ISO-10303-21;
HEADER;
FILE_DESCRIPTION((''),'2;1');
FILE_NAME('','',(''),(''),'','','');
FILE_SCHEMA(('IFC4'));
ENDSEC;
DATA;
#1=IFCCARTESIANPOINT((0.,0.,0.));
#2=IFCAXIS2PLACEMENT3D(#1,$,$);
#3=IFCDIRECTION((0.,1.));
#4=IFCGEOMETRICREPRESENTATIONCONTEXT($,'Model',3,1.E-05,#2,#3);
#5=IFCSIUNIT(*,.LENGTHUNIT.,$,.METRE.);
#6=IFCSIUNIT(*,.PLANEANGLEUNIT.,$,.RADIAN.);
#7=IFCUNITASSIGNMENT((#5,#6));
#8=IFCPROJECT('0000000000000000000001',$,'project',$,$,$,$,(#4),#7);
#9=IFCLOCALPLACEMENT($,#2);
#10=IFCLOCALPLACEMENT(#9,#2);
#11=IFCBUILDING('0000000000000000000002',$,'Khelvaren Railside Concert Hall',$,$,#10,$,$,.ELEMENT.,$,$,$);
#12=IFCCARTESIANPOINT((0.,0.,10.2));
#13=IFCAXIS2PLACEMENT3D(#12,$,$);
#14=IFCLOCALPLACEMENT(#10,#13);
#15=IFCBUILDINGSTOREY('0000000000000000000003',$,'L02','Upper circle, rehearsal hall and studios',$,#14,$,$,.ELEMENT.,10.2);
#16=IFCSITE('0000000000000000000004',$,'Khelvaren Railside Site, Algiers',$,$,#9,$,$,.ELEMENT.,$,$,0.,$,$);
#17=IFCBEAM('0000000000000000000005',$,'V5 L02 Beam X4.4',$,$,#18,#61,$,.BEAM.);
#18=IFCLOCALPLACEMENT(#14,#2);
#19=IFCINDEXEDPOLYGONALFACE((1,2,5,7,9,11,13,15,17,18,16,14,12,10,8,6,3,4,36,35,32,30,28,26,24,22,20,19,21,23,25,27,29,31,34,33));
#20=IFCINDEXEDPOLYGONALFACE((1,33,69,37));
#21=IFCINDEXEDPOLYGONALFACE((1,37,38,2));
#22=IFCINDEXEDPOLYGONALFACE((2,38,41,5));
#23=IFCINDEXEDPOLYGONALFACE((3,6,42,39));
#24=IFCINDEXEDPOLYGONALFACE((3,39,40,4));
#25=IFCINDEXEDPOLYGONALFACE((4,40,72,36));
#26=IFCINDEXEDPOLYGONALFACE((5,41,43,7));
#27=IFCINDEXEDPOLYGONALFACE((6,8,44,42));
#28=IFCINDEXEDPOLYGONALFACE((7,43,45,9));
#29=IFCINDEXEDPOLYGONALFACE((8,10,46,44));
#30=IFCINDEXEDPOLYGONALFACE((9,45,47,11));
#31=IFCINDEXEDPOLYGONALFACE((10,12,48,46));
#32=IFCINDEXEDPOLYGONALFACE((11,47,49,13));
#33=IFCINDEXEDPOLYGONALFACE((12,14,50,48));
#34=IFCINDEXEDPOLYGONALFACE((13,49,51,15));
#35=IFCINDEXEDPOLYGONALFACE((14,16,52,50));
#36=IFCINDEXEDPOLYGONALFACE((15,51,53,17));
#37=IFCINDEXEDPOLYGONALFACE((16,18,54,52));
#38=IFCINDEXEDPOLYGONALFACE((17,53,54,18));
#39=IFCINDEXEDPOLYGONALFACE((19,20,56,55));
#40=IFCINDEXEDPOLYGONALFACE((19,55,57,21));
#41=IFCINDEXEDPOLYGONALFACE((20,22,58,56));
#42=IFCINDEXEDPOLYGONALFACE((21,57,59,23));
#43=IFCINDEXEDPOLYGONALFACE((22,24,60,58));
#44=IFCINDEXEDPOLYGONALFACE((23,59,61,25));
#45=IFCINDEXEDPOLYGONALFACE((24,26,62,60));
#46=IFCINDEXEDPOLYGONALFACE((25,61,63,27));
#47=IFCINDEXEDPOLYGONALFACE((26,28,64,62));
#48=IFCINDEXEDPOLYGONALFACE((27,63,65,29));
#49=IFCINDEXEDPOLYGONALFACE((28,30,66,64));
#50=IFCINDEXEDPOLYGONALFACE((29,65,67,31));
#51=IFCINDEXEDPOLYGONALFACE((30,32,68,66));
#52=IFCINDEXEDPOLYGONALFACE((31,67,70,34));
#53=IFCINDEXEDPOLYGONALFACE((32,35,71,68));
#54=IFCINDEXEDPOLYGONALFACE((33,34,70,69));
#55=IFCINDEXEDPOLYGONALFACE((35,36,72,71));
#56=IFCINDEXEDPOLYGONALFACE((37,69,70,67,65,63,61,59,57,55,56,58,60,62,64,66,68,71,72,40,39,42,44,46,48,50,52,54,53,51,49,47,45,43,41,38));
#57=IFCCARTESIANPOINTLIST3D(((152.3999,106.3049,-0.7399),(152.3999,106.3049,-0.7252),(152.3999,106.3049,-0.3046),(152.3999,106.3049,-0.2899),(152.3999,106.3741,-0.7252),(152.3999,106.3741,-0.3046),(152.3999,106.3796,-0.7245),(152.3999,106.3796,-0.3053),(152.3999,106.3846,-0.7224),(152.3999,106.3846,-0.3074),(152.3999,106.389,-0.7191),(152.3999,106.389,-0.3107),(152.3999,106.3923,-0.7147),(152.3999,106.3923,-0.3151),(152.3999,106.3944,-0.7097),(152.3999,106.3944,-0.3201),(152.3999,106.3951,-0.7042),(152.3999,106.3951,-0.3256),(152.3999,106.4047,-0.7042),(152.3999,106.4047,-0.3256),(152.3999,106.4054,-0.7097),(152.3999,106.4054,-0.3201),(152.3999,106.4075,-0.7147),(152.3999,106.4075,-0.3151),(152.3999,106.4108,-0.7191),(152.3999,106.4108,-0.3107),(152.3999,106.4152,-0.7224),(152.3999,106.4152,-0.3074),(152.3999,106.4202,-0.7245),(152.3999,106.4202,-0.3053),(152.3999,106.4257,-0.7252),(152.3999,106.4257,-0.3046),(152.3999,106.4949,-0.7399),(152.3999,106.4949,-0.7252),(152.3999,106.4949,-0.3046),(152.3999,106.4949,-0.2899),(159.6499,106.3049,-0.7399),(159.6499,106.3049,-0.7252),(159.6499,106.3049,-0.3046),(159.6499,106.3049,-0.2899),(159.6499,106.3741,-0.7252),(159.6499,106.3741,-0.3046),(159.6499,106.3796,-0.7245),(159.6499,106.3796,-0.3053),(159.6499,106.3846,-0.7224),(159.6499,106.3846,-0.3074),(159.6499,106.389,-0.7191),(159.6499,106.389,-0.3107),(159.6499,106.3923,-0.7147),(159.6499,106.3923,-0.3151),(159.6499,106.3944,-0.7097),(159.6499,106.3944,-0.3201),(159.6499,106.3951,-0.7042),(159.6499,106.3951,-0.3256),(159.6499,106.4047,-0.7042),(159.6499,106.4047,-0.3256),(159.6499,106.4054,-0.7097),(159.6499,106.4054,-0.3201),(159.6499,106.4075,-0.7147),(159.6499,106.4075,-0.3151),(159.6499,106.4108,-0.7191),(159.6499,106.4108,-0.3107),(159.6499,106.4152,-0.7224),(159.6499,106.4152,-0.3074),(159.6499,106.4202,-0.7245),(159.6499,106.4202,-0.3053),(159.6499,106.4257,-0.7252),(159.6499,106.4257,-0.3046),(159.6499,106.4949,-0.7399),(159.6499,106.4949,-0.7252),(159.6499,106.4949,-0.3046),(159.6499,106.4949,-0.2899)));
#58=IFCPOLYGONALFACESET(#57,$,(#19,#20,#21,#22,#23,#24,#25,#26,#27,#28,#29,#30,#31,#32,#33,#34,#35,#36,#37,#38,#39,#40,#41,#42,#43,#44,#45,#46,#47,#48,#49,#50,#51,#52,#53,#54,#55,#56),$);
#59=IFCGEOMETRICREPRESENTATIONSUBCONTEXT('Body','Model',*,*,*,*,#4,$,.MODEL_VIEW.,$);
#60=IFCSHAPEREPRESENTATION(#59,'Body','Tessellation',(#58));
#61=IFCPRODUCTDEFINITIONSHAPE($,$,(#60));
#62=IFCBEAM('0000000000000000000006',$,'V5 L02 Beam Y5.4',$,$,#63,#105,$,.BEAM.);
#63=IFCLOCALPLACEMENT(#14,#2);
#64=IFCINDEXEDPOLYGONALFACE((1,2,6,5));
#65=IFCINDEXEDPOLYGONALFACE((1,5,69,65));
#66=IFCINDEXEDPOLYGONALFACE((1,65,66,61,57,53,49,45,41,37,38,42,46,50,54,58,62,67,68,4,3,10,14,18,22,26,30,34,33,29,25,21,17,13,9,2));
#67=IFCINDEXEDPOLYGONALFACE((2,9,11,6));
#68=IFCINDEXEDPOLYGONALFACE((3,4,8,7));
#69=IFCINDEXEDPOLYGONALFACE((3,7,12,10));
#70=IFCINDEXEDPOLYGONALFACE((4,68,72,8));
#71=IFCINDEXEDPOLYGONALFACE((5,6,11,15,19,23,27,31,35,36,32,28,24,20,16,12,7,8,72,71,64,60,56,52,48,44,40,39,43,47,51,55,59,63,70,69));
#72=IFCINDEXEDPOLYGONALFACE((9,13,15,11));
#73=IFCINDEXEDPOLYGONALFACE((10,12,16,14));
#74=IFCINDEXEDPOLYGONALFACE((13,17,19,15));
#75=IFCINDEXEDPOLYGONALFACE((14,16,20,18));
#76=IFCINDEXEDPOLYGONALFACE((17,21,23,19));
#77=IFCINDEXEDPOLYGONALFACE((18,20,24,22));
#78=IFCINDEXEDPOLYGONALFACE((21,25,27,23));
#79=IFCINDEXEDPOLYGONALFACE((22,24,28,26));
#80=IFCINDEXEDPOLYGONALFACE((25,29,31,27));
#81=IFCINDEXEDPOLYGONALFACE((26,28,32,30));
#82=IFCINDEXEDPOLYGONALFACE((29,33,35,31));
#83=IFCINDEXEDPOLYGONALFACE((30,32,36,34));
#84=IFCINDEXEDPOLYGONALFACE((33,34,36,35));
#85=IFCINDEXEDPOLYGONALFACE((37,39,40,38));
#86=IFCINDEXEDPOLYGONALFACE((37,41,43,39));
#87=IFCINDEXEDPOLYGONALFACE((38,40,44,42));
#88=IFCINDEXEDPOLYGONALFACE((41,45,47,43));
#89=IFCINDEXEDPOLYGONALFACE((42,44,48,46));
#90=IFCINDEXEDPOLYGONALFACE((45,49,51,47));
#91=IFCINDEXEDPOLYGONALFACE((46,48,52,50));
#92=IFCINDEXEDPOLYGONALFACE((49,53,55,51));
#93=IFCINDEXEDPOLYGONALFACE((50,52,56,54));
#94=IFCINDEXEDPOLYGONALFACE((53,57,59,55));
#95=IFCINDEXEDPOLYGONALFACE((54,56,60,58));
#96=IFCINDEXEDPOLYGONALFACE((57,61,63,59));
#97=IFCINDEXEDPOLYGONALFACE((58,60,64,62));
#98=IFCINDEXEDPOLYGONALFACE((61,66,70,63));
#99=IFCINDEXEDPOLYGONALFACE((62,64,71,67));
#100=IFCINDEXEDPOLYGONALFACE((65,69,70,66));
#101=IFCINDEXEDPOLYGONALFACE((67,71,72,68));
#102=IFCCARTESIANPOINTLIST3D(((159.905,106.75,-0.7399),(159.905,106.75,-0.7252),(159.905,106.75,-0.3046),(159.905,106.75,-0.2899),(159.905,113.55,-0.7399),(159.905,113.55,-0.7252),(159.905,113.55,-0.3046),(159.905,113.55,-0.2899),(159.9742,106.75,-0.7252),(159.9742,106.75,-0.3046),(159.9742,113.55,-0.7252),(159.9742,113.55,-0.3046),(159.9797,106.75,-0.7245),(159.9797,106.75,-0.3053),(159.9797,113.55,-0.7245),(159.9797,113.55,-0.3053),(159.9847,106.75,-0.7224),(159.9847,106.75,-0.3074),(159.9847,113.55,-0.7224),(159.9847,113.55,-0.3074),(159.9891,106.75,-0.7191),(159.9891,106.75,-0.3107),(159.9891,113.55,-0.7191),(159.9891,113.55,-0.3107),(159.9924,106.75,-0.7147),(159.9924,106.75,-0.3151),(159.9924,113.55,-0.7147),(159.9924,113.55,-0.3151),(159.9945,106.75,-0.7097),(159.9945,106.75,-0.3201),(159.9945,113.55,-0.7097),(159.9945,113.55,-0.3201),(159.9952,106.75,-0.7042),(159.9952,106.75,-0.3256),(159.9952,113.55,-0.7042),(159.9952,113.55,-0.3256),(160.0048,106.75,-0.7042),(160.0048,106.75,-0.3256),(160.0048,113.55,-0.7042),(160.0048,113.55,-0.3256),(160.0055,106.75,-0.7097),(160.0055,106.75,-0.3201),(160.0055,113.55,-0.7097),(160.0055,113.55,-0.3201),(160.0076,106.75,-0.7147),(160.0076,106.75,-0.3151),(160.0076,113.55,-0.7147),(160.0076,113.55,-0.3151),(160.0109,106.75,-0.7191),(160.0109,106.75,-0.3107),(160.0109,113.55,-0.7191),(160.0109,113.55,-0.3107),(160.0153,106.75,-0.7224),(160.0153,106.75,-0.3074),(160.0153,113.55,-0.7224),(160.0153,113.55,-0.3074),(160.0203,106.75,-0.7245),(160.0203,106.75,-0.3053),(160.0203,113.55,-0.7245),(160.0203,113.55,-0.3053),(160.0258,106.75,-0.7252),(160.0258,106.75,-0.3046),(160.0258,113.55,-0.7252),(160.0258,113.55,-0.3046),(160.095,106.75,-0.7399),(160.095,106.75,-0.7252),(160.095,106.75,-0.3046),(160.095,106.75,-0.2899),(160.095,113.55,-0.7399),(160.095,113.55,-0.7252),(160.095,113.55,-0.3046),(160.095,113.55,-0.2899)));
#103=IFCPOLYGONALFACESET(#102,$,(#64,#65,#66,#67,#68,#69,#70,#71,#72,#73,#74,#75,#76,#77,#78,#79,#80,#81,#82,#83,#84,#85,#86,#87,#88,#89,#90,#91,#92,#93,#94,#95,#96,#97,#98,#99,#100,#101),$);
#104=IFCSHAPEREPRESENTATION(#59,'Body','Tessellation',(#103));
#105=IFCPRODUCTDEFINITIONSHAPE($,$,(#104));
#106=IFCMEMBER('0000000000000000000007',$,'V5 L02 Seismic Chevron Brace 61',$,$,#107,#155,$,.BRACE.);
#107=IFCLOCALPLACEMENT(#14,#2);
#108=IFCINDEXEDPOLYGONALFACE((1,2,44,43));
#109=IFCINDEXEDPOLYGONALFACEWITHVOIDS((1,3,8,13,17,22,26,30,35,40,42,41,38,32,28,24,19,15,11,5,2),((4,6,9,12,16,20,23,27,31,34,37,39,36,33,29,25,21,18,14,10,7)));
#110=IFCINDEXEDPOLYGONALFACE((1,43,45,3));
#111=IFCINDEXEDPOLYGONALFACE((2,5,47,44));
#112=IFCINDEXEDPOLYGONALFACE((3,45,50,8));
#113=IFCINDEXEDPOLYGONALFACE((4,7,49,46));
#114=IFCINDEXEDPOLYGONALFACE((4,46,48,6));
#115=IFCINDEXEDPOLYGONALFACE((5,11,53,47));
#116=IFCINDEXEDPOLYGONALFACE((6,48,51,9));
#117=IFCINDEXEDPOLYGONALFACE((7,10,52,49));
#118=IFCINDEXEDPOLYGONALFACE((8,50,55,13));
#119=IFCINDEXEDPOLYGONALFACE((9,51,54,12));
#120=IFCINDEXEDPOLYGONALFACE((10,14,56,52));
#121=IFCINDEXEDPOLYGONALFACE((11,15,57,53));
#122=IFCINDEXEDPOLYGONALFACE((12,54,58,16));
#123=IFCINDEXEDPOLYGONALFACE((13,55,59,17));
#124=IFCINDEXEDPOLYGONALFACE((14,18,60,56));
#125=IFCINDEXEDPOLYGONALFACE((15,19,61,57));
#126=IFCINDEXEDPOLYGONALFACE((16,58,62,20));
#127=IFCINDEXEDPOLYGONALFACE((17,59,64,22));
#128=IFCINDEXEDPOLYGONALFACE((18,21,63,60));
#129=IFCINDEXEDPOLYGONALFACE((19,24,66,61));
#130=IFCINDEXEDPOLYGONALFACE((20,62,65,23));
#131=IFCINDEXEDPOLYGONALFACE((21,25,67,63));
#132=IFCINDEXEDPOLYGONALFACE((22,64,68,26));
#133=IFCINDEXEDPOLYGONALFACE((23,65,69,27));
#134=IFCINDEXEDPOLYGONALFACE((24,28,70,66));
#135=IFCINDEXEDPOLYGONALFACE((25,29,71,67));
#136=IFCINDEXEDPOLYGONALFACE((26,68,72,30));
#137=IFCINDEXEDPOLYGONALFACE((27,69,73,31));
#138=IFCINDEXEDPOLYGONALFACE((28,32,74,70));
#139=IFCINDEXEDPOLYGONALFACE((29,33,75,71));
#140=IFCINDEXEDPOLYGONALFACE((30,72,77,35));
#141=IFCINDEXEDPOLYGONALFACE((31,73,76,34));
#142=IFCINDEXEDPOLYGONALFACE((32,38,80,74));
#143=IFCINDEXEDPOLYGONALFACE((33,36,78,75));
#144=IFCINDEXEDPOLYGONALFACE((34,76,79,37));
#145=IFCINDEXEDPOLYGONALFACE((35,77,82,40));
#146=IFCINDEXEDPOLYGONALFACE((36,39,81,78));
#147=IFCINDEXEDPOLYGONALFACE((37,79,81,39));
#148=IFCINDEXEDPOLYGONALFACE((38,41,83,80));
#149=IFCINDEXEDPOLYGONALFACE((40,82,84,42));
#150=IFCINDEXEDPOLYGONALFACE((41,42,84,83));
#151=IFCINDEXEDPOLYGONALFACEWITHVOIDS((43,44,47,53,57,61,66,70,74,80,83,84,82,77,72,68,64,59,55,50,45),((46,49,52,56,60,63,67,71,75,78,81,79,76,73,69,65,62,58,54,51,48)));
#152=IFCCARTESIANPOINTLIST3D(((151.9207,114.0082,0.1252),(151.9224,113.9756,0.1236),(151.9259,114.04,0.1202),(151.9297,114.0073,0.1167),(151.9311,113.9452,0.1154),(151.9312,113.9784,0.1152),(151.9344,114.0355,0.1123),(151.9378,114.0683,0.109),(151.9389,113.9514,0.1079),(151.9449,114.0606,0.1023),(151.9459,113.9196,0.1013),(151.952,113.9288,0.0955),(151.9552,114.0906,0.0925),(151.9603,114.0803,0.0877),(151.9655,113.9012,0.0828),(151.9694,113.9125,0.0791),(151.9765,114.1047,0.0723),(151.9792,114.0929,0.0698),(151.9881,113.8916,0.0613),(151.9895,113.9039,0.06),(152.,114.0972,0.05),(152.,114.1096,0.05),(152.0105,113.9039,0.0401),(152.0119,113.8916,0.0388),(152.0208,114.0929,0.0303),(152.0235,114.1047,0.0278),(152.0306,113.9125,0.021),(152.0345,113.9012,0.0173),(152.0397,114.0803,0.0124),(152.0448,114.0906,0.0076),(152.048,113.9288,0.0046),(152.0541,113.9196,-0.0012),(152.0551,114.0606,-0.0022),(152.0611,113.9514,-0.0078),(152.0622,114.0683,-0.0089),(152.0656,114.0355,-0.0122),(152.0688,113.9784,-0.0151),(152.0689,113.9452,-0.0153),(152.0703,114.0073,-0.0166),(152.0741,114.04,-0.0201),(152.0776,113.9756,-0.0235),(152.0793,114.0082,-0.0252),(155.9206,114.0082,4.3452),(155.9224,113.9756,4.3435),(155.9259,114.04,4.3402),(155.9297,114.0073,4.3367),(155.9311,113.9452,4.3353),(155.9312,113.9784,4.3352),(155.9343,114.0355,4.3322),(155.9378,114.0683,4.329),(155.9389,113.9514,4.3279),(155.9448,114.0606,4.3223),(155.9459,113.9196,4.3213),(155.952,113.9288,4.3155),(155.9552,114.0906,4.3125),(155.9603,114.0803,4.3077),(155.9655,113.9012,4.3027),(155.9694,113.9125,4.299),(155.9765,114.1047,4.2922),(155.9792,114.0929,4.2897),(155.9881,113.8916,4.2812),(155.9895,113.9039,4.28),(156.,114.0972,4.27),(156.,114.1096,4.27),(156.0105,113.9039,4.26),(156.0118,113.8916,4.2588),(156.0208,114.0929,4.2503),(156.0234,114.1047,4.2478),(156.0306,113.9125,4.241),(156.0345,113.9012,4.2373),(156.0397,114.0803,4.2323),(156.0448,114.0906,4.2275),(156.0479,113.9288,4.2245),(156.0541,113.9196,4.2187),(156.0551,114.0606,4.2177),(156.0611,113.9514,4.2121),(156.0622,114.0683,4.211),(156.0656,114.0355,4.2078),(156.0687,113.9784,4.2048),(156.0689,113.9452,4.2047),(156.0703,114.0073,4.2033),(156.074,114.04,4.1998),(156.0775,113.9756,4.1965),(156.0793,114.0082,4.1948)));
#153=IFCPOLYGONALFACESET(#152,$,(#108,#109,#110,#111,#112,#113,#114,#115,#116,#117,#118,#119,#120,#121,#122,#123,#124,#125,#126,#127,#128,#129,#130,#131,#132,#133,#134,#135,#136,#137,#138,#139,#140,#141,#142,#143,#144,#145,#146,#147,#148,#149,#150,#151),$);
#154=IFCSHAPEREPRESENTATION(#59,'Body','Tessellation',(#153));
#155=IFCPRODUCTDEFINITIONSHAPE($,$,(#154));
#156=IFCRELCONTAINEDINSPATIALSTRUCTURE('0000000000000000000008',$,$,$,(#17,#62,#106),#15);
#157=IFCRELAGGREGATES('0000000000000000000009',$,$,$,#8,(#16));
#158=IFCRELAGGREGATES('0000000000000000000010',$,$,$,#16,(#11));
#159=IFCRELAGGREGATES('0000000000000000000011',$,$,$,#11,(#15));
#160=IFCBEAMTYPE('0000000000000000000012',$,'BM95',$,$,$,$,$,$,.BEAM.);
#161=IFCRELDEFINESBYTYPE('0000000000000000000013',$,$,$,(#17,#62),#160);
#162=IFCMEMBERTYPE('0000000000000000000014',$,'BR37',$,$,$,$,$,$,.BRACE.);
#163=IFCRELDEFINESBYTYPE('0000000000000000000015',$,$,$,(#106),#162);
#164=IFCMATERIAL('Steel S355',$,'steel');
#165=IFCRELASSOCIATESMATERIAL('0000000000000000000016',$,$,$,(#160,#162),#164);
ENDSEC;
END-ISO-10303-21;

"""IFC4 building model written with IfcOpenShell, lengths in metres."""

from ifc_helpers import new_model, si_unit, direction, frame, origin, origin_2d, place, context, subcontext, project, spatial, hollow_circle, i_section, extrude, material, material_profile, profile_set, type_object, element, save


model = new_model("IFC4")

# Units and contexts
model_context = context("Model", 3, precision=1e-05, world=origin(), true_north=direction((0.0, 1.0)))
body_context = subcontext(model_context, "Body", "Model", "MODEL_VIEW")
ifc_project = project(units=[si_unit("LENGTHUNIT", "METRE"), si_unit("PLANEANGLEUNIT", "RADIAN")], contexts=[model_context])

# Site, building, storey
site_placement = place(None, origin())
site = spatial("IfcSite", under=ifc_project, at=site_placement, Name="Khelvaren Railside Site, Algiers", CompositionType="ELEMENT", RefElevation=0.0)
building_placement = place(site_placement, origin())
building = spatial("IfcBuilding", under=site, at=building_placement, Name="Khelvaren Railside Concert Hall", CompositionType="ELEMENT")
storey_placement = place(building_placement, frame((0.0, 0.0, 10.2)))
storey = spatial("IfcBuildingStorey", under=building, at=storey_placement, Name="L02", Description="Upper circle, rehearsal hall and studios", CompositionType="ELEMENT", Elevation=10.2)

# Beams
ifc_material_1 = material(Name="Steel S355", Category="steel")
ifc_material_profile_1 = material_profile(ifc_material_1, i_section(OverallWidth=0.1899, OverallDepth=0.45, WebThickness=0.0095, FlangeThickness=0.0146, FilletRadius=0.021, at=origin_2d()), Name="IPE 450")
ifc_profile_set_1 = profile_set([ifc_material_profile_1], Name="Steel S355")
beam_type_1 = type_object("IfcBeamType", Name="BM95", PredefinedType="BEAM", material=ifc_profile_set_1)
beam_1_placement = place(storey_placement, frame((152.3999, 106.3999, -0.5149), z_axis=(1.0, 0.0, 0.0), x_axis=(0.0, 1.0, 0.0)))
element("IfcBeam", 1, at=beam_1_placement, inside=storey, type_object=beam_type_1, Name="V5 L02 Beam X4.4", PredefinedType="BEAM", context=body_context, shape_type="SweptSolid", body=[
    extrude(i_section(OverallWidth=0.1899, OverallDepth=0.45, WebThickness=0.0095, FlangeThickness=0.0146, FilletRadius=0.021, at=origin_2d()), origin(), (0.0, 0.0, 1.0), 7.25),
])
beam_2_placement = place(storey_placement, frame((160.0, 106.75, -0.5149), z_axis=(0.0, 1.0, 0.0), x_axis=(-1.0, 0.0, 0.0)))
element("IfcBeam", 2, at=beam_2_placement, inside=storey, type_object=beam_type_1, Name="V5 L02 Beam Y5.4", PredefinedType="BEAM", context=body_context, shape_type="SweptSolid", body=[
    extrude(i_section(OverallWidth=0.1899, OverallDepth=0.45, WebThickness=0.0095, FlangeThickness=0.0146, FilletRadius=0.021, at=origin_2d()), origin(), (0.0, 0.0, 1.0), 6.8),
])

# Member
ifc_material_profile_2 = material_profile(ifc_material_1, hollow_circle(Radius=0.1096, WallThickness=0.0125, at=origin_2d()), Name="CHS 219.1x12.5")
ifc_profile_set_2 = profile_set([ifc_material_profile_2], Name="Steel S355")
member_type = type_object("IfcMemberType", Name="BR37", PredefinedType="BRACE", material=ifc_profile_set_2)
for number, where, z_axis, x_axis, name in (
    (3, (152.0, 114.0, 0.05), (0.687938, 0.0, 0.72577), (0.0, 1.0, 0.0), "V5 L02 Seismic Chevron Brace 61"),
):
    element("IfcMember", number, at=place(storey_placement, frame(where, z_axis=z_axis, x_axis=x_axis)), inside=storey, type_object=member_type, Name=name, PredefinedType="BRACE", context=body_context, shape_type="SweptSolid", body=[
        extrude(hollow_circle(Radius=0.1096, WallThickness=0.0125, at=origin_2d()), origin(), (0.0, 0.0, 1.0), 5.8145),
    ])

save(model, "model.ifc")
